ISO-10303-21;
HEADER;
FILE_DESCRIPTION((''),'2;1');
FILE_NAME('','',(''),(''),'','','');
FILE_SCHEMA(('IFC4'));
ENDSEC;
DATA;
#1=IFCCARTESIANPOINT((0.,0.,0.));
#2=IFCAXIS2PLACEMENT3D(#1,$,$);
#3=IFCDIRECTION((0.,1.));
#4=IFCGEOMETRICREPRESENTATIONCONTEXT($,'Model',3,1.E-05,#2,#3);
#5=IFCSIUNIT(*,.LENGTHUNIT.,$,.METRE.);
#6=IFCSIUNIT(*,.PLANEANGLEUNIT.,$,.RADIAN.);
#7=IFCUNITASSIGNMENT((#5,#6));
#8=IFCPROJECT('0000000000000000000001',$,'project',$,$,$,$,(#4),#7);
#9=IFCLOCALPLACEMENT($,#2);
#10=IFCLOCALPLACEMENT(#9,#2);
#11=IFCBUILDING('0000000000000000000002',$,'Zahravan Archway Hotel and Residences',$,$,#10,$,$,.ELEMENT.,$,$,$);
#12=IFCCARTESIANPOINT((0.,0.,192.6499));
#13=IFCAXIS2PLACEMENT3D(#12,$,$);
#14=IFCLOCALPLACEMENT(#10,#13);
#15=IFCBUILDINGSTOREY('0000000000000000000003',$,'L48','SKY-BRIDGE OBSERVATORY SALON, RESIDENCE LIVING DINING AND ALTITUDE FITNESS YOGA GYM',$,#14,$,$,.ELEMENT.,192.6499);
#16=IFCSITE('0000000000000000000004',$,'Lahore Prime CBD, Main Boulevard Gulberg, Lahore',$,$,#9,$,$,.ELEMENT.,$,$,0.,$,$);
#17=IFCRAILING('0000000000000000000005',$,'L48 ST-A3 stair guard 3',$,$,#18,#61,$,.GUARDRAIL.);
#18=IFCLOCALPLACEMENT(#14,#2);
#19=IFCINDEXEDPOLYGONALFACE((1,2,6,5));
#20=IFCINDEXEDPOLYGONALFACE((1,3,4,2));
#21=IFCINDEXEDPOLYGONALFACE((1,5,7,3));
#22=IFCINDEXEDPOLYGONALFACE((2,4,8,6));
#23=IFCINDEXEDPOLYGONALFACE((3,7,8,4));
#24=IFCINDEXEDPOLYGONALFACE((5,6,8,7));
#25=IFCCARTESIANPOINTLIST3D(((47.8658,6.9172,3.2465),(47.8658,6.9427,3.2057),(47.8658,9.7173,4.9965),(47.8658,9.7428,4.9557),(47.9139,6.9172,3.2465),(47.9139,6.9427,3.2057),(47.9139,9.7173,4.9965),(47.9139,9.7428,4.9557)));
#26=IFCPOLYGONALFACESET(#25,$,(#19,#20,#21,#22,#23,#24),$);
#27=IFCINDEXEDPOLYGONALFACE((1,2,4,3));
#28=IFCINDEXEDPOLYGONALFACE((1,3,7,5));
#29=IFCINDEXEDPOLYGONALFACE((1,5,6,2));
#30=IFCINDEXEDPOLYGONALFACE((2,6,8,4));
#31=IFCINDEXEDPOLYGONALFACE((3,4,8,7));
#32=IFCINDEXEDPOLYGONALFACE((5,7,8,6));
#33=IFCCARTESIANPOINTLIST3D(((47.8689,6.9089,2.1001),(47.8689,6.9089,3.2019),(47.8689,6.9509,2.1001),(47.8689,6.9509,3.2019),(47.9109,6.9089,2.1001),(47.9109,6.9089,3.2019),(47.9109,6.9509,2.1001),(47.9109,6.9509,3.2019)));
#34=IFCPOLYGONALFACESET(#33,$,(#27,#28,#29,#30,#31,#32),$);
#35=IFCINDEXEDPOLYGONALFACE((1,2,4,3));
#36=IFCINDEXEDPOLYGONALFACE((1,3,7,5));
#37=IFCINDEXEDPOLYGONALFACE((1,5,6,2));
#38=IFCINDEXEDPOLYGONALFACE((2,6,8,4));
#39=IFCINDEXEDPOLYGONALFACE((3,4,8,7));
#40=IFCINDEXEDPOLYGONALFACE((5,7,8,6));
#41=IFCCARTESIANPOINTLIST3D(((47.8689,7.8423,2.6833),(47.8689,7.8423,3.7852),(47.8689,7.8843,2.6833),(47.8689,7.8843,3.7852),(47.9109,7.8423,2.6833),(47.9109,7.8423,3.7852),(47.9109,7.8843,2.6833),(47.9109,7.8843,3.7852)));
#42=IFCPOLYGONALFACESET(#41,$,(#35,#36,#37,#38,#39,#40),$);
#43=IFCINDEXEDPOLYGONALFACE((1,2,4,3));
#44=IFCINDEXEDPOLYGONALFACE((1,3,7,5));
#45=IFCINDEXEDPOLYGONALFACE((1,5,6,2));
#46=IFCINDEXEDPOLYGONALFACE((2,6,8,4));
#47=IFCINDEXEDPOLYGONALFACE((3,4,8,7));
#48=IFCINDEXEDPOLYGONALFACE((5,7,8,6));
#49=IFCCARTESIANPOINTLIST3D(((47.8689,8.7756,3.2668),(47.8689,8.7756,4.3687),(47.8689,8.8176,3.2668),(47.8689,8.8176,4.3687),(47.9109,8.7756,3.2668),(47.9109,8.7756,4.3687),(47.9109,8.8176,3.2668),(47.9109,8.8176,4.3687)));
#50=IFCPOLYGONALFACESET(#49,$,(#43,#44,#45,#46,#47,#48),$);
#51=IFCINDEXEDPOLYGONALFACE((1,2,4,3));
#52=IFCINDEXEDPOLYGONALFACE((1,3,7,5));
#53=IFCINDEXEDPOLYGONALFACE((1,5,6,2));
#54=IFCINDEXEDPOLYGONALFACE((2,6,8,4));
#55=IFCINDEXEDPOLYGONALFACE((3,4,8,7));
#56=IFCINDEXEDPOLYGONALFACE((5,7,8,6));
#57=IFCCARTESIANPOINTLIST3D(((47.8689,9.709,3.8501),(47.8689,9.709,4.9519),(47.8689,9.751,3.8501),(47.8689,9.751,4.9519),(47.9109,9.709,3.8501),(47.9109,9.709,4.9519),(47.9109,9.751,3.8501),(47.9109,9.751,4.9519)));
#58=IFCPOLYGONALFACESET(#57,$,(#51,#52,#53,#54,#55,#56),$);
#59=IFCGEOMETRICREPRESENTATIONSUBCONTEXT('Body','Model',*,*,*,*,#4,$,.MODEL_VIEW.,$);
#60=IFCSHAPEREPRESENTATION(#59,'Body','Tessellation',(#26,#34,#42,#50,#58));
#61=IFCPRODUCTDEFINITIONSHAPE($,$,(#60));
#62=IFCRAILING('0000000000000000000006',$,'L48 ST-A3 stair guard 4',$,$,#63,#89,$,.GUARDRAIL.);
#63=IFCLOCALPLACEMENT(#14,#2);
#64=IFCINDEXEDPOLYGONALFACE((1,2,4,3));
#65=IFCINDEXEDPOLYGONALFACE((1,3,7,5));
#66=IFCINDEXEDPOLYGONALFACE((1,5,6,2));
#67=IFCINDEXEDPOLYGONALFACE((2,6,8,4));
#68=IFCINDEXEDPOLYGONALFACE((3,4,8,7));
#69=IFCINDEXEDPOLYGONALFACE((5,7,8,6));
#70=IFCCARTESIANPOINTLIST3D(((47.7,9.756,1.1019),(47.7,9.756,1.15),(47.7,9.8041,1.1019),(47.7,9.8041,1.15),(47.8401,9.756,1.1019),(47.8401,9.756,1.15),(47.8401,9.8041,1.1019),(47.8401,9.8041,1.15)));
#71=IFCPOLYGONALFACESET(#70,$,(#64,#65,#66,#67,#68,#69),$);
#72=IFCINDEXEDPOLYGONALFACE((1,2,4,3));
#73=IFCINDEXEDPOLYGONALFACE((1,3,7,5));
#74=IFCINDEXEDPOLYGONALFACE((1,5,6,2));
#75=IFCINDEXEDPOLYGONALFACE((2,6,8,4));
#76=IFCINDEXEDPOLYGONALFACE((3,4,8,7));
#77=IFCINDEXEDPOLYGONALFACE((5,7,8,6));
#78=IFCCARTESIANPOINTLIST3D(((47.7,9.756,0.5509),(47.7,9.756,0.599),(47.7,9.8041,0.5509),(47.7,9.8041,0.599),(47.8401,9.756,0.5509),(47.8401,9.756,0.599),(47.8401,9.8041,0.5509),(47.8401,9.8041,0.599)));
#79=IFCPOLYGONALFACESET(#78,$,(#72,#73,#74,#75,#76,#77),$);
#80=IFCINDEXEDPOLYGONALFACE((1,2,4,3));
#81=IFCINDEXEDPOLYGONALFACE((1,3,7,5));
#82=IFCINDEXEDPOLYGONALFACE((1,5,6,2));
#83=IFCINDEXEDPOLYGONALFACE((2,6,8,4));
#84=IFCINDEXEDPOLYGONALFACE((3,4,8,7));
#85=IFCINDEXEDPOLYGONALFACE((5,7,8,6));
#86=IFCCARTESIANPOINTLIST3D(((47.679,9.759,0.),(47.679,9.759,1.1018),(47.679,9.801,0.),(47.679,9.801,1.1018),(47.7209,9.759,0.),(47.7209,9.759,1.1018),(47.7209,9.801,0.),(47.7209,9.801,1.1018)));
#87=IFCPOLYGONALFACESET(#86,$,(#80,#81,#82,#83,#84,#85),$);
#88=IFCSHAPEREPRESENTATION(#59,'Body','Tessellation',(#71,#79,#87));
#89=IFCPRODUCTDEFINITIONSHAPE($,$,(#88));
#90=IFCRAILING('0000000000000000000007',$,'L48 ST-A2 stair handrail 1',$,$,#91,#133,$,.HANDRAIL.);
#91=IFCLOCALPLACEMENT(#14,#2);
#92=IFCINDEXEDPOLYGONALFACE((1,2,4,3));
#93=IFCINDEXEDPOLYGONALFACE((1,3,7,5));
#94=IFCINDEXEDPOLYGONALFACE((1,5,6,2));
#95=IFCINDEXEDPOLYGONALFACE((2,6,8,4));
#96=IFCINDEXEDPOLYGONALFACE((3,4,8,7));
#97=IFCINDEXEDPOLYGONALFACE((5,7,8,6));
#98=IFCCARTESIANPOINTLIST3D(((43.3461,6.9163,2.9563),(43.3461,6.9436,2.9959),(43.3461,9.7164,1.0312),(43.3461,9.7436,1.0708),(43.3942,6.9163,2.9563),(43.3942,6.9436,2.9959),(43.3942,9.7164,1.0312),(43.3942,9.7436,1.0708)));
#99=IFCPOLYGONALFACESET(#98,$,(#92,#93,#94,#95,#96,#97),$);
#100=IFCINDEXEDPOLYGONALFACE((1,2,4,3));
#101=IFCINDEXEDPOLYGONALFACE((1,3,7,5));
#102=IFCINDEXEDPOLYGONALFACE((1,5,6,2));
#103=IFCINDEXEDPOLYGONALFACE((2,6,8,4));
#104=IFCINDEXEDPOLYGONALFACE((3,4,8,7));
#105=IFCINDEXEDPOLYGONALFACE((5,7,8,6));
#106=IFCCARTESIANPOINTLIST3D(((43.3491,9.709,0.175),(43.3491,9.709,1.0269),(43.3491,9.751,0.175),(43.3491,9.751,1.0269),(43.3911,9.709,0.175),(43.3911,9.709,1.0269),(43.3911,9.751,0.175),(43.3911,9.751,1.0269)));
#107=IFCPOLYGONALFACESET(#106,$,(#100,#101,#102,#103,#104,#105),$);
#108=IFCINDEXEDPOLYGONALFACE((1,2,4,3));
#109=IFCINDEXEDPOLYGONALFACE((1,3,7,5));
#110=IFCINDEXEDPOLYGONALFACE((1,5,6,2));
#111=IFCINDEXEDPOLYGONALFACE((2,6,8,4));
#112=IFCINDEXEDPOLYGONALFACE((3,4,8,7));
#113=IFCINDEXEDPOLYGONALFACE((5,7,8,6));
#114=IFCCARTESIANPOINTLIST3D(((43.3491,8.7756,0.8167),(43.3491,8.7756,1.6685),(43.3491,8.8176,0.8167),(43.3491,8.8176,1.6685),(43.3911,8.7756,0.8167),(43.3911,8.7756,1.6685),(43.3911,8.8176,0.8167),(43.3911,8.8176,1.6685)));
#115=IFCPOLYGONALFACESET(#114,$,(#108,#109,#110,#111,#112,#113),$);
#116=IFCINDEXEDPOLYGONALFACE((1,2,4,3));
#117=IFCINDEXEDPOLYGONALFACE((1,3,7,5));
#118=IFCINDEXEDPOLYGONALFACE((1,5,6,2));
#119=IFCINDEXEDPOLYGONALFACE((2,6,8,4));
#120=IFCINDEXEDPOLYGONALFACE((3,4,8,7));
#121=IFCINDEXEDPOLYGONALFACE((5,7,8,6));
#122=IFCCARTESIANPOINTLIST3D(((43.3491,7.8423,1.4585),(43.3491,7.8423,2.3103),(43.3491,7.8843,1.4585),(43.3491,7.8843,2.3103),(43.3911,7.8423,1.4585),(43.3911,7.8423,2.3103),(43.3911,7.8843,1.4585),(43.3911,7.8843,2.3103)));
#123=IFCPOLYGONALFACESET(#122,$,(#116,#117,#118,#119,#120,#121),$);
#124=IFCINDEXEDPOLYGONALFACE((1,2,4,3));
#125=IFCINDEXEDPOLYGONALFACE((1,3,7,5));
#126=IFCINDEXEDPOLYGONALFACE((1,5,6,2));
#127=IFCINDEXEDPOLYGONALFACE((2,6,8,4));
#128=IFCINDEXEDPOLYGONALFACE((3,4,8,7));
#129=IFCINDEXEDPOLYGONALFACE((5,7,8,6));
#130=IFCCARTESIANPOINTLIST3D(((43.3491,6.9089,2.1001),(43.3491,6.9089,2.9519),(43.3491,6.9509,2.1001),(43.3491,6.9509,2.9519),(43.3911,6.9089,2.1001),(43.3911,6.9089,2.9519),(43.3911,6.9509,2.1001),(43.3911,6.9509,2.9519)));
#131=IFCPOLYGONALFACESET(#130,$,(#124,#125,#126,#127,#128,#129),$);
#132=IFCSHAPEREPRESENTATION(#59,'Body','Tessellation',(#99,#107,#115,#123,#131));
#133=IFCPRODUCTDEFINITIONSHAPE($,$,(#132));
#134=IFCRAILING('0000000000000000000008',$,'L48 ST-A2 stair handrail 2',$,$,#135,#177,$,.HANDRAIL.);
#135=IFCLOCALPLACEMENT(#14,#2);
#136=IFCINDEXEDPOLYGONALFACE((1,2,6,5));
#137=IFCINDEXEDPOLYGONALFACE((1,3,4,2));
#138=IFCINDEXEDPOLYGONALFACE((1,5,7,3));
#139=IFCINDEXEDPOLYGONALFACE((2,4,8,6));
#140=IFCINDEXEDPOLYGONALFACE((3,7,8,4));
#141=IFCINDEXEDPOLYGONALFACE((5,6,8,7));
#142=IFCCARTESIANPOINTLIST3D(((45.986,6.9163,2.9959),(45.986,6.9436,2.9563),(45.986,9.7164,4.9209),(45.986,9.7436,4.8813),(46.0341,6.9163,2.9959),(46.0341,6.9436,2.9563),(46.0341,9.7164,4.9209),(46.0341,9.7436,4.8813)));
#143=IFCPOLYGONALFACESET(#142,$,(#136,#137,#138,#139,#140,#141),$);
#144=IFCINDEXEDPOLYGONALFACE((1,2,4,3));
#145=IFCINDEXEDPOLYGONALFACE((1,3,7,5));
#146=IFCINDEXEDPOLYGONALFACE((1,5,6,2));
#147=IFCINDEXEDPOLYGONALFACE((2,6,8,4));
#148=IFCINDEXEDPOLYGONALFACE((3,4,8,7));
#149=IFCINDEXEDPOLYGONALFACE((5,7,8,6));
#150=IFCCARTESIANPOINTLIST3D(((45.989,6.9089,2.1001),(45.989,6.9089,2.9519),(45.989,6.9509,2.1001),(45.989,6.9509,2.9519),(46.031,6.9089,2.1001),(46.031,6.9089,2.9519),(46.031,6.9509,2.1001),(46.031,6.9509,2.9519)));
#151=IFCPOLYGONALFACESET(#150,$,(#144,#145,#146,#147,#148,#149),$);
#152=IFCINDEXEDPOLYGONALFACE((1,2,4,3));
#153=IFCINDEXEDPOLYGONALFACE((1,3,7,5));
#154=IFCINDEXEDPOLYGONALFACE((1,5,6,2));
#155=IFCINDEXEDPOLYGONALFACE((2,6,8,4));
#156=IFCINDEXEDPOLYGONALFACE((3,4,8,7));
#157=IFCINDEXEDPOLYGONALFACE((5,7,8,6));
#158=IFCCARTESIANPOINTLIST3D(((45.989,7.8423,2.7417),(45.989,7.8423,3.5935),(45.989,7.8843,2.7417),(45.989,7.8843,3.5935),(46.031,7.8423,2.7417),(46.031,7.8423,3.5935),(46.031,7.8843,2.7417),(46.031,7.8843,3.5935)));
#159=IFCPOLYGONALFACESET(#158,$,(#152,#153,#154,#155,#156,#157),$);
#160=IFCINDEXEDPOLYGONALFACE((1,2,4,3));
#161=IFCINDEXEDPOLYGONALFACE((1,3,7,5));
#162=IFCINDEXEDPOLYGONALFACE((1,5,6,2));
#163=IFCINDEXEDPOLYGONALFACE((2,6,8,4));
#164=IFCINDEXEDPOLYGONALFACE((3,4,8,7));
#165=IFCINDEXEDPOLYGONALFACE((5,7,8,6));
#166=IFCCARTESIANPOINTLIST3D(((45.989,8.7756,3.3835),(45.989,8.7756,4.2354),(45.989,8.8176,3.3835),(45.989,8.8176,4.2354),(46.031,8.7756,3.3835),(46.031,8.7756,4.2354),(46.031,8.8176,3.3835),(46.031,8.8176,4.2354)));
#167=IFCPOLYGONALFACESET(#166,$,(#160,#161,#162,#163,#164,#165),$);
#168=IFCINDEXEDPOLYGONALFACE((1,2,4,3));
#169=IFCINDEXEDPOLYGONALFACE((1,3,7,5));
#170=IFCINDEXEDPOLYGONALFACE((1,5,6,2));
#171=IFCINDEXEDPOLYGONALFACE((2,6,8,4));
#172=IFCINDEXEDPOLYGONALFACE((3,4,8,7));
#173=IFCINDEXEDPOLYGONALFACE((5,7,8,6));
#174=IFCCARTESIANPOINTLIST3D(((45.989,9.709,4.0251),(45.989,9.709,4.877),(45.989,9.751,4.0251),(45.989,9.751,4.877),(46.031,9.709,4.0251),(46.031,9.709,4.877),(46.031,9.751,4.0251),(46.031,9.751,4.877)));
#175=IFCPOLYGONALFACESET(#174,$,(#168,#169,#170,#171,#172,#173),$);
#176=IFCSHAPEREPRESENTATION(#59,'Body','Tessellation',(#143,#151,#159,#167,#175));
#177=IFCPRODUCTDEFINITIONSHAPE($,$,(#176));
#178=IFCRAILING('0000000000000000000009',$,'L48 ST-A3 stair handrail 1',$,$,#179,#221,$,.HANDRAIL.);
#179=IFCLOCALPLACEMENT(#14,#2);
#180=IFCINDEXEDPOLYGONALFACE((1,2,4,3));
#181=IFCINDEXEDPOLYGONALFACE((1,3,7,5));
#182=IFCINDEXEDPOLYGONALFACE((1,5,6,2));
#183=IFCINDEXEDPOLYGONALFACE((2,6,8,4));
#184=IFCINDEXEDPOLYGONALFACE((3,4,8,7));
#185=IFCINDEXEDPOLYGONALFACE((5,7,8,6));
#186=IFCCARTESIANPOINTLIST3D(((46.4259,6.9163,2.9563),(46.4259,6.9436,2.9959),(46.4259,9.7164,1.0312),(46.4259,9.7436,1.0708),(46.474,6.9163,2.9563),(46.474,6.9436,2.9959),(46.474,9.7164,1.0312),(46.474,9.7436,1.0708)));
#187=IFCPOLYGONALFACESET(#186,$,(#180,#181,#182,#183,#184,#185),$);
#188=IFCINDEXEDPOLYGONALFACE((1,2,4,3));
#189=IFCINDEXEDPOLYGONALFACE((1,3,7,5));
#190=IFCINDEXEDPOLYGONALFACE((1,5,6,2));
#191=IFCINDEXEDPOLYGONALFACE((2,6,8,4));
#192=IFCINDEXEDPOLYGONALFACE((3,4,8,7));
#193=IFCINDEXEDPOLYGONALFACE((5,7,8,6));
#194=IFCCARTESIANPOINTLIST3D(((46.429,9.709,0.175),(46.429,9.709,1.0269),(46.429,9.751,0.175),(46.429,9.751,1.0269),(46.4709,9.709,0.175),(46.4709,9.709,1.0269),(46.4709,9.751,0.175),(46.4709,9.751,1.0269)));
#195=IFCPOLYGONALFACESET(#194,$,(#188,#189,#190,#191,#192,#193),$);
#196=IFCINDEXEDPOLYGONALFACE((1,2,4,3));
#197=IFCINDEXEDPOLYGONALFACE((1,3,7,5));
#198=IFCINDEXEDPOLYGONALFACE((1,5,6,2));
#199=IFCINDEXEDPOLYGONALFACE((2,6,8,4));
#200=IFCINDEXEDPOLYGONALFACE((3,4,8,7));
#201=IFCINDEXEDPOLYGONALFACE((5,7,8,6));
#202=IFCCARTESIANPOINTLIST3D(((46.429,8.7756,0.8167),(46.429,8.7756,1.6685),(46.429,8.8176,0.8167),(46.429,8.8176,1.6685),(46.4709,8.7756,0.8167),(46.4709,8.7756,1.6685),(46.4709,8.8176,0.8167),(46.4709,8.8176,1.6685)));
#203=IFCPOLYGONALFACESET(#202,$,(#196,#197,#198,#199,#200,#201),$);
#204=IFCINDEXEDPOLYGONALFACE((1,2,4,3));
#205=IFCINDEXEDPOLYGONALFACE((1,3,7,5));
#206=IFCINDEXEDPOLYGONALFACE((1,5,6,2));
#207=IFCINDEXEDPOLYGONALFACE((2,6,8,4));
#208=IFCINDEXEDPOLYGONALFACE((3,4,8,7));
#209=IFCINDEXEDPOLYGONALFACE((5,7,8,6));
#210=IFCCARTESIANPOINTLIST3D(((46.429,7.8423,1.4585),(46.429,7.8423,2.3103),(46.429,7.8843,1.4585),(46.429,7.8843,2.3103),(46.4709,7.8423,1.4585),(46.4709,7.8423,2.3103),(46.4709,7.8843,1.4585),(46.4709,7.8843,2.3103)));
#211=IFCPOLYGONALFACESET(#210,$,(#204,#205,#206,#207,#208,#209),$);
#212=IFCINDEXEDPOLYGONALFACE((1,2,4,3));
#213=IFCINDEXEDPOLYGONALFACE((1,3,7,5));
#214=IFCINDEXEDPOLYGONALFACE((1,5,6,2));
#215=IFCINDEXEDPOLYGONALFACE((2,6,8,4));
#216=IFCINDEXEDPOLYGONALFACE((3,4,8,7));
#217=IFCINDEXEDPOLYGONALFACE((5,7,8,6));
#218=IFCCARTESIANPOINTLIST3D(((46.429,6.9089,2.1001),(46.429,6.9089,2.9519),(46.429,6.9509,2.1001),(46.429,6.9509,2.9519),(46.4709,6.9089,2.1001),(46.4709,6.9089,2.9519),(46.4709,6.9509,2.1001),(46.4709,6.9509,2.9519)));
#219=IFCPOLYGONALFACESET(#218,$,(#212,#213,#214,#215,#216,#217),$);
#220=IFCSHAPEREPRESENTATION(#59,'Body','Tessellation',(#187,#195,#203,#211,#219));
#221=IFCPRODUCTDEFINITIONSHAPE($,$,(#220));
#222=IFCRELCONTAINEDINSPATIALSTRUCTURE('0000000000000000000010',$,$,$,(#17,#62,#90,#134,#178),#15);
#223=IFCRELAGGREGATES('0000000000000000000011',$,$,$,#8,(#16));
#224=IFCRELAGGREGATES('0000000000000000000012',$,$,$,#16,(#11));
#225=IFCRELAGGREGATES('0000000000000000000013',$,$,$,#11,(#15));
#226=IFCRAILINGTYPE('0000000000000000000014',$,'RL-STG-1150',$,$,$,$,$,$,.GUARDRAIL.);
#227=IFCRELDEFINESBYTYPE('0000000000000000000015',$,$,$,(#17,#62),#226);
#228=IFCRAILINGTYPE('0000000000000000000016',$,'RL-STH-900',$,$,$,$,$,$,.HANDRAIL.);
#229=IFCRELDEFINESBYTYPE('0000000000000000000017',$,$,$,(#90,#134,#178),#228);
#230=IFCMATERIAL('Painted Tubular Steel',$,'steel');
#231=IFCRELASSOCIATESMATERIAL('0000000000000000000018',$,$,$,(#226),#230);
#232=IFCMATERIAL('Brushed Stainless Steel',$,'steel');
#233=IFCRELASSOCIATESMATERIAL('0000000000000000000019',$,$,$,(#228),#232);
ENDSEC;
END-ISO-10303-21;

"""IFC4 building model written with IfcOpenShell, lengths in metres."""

from ifc_helpers import new_model, si_unit, direction, frame, origin, origin_2d, place, context, subcontext, project, spatial, rectangle, extrude, material, type_object, element, save


model = new_model("IFC4")

# Units and contexts
model_context = context("Model", 3, precision=1e-05, world=origin(), true_north=direction((0.0, 1.0)))
body_context = subcontext(model_context, "Body", "Model", "MODEL_VIEW")
ifc_project = project(units=[si_unit("LENGTHUNIT", "METRE"), si_unit("PLANEANGLEUNIT", "RADIAN")], contexts=[model_context])

# Site, building, storey
site_placement = place(None, origin())
site = spatial("IfcSite", under=ifc_project, at=site_placement, Name="Lahore Prime CBD, Main Boulevard Gulberg, Lahore", CompositionType="ELEMENT", RefElevation=0.0)
building_placement = place(site_placement, origin())
building = spatial("IfcBuilding", under=site, at=building_placement, Name="Zahravan Archway Hotel and Residences", CompositionType="ELEMENT")
storey_placement = place(building_placement, frame((0.0, 0.0, 192.6499)))
storey = spatial("IfcBuildingStorey", under=building, at=storey_placement, Name="L48", Description="SKY-BRIDGE OBSERVATORY SALON, RESIDENCE LIVING DINING AND ALTITUDE FITNESS YOGA GYM", CompositionType="ELEMENT", Elevation=192.6499)

# Railings
ifc_material_1 = material(Name="Painted Tubular Steel", Category="steel")
railing_type_1 = type_object("IfcRailingType", Name="RL-STG-1150", PredefinedType="GUARDRAIL", material=ifc_material_1)
railing_1_placement = place(storey_placement, frame((47.8899, 6.9299, 2.1001)))
element("IfcRailing", 1, at=railing_1_placement, inside=storey, type_object=railing_type_1, Name="L48 ST-A3 stair guard 3", PredefinedType="GUARDRAIL", context=body_context, shape_type="SweptSolid", body=[
    extrude(rectangle(XDim=0.0481, YDim=0.0481, at=origin_2d()), frame((0.0, 0.0, 1.126), z_axis=(0.0, 0.848002, 0.529992), x_axis=(-1.0, 0.0, 0.0)), (0.0, 0.0, 1.0), 3.302),
    extrude(rectangle(XDim=0.042, YDim=0.042, at=origin_2d()), origin(), (0.0, 0.0, 1.0), 1.1018),
    extrude(rectangle(XDim=0.042, YDim=0.042, at=origin_2d()), frame((0.0, 0.9333, 0.5833)), (0.0, 0.0, 1.0), 1.1018),
    extrude(rectangle(XDim=0.042, YDim=0.042, at=origin_2d()), frame((0.0, 1.8667, 1.1667)), (0.0, 0.0, 1.0), 1.1018),
    extrude(rectangle(XDim=0.042, YDim=0.042, at=origin_2d()), frame((0.0, 2.8, 1.75)), (0.0, 0.0, 1.0), 1.1018),
])
railing_2_placement = place(storey_placement, frame((47.7, 9.78, 0.0)))
element("IfcRailing", 2, at=railing_2_placement, inside=storey, type_object=railing_type_1, Name="L48 ST-A3 stair guard 4", PredefinedType="GUARDRAIL", context=body_context, shape_type="SweptSolid", body=[
    extrude(rectangle(XDim=0.0481, YDim=0.0481, at=origin_2d()), frame((0.0, 0.0, 1.126), z_axis=(1.0, 0.0, 0.0), x_axis=(0.0, 1.0, 0.0)), (0.0, 0.0, 1.0), 0.1401),
    extrude(rectangle(XDim=0.0481, YDim=0.0481, at=origin_2d()), frame((0.0, 0.0, 0.575), z_axis=(1.0, 0.0, 0.0), x_axis=(0.0, 1.0, 0.0)), (0.0, 0.0, 1.0), 0.1401),
    extrude(rectangle(XDim=0.042, YDim=0.042, at=origin_2d()), origin(), (0.0, 0.0, 1.0), 1.1018),
])
ifc_material_2 = material(Name="Brushed Stainless Steel", Category="steel")
railing_type_2 = type_object("IfcRailingType", Name="RL-STH-900", PredefinedType="HANDRAIL", material=ifc_material_2)
railing_3_placement = place(storey_placement, frame((43.3701, 9.73, 0.175)))
element("IfcRailing", 3, at=railing_3_placement, inside=storey, type_object=railing_type_2, Name="L48 ST-A2 stair handrail 1", PredefinedType="HANDRAIL", context=body_context, shape_type="SweptSolid", body=[
    extrude(rectangle(XDim=0.0481, YDim=0.0481, at=origin_2d()), frame((0.0, 0.0, 0.876), z_axis=(0.0, -0.82404, 0.566532), x_axis=(1.0, 0.0, 0.0)), (0.0, 0.0, 1.0), 3.3979),
    extrude(rectangle(XDim=0.042, YDim=0.042, at=origin_2d()), origin(), (0.0, 0.0, 1.0), 0.8518),
    extrude(rectangle(XDim=0.042, YDim=0.042, at=origin_2d()), frame((0.0, -0.9333, 0.6416)), (0.0, 0.0, 1.0), 0.8518),
    extrude(rectangle(XDim=0.042, YDim=0.042, at=origin_2d()), frame((0.0, -1.8667, 1.2834)), (0.0, 0.0, 1.0), 0.8518),
    extrude(rectangle(XDim=0.042, YDim=0.042, at=origin_2d()), frame((0.0, -2.8, 1.925)), (0.0, 0.0, 1.0), 0.8518),
])
railing_4_placement = place(storey_placement, frame((46.01, 6.9299, 2.1001)))
element("IfcRailing", 4, at=railing_4_placement, inside=storey, type_object=railing_type_2, Name="L48 ST-A2 stair handrail 2", PredefinedType="HANDRAIL", context=body_context, shape_type="SweptSolid", body=[
    extrude(rectangle(XDim=0.0481, YDim=0.0481, at=origin_2d()), frame((0.0, 0.0, 0.876), z_axis=(0.0, 0.82404, 0.566532), x_axis=(-1.0, 0.0, 0.0)), (0.0, 0.0, 1.0), 3.3979),
    extrude(rectangle(XDim=0.042, YDim=0.042, at=origin_2d()), origin(), (0.0, 0.0, 1.0), 0.8518),
    extrude(rectangle(XDim=0.042, YDim=0.042, at=origin_2d()), frame((0.0, 0.9333, 0.6416)), (0.0, 0.0, 1.0), 0.8518),
    extrude(rectangle(XDim=0.042, YDim=0.042, at=origin_2d()), frame((0.0, 1.8667, 1.2834)), (0.0, 0.0, 1.0), 0.8518),
    extrude(rectangle(XDim=0.042, YDim=0.042, at=origin_2d()), frame((0.0, 2.8, 1.925)), (0.0, 0.0, 1.0), 0.8518),
])
railing_5_placement = place(storey_placement, frame((46.45, 9.73, 0.175)))
element("IfcRailing", 5, at=railing_5_placement, inside=storey, type_object=railing_type_2, Name="L48 ST-A3 stair handrail 1", PredefinedType="HANDRAIL", context=body_context, shape_type="SweptSolid", body=[
    extrude(rectangle(XDim=0.0481, YDim=0.0481, at=origin_2d()), frame((0.0, 0.0, 0.876), z_axis=(0.0, -0.82404, 0.566532), x_axis=(1.0, 0.0, 0.0)), (0.0, 0.0, 1.0), 3.3979),
    extrude(rectangle(XDim=0.042, YDim=0.042, at=origin_2d()), origin(), (0.0, 0.0, 1.0), 0.8518),
    extrude(rectangle(XDim=0.042, YDim=0.042, at=origin_2d()), frame((0.0, -0.9333, 0.6416)), (0.0, 0.0, 1.0), 0.8518),
    extrude(rectangle(XDim=0.042, YDim=0.042, at=origin_2d()), frame((0.0, -1.8667, 1.2834)), (0.0, 0.0, 1.0), 0.8518),
    extrude(rectangle(XDim=0.042, YDim=0.042, at=origin_2d()), frame((0.0, -2.8, 1.925)), (0.0, 0.0, 1.0), 0.8518),
])

save(model, "model.ifc")
